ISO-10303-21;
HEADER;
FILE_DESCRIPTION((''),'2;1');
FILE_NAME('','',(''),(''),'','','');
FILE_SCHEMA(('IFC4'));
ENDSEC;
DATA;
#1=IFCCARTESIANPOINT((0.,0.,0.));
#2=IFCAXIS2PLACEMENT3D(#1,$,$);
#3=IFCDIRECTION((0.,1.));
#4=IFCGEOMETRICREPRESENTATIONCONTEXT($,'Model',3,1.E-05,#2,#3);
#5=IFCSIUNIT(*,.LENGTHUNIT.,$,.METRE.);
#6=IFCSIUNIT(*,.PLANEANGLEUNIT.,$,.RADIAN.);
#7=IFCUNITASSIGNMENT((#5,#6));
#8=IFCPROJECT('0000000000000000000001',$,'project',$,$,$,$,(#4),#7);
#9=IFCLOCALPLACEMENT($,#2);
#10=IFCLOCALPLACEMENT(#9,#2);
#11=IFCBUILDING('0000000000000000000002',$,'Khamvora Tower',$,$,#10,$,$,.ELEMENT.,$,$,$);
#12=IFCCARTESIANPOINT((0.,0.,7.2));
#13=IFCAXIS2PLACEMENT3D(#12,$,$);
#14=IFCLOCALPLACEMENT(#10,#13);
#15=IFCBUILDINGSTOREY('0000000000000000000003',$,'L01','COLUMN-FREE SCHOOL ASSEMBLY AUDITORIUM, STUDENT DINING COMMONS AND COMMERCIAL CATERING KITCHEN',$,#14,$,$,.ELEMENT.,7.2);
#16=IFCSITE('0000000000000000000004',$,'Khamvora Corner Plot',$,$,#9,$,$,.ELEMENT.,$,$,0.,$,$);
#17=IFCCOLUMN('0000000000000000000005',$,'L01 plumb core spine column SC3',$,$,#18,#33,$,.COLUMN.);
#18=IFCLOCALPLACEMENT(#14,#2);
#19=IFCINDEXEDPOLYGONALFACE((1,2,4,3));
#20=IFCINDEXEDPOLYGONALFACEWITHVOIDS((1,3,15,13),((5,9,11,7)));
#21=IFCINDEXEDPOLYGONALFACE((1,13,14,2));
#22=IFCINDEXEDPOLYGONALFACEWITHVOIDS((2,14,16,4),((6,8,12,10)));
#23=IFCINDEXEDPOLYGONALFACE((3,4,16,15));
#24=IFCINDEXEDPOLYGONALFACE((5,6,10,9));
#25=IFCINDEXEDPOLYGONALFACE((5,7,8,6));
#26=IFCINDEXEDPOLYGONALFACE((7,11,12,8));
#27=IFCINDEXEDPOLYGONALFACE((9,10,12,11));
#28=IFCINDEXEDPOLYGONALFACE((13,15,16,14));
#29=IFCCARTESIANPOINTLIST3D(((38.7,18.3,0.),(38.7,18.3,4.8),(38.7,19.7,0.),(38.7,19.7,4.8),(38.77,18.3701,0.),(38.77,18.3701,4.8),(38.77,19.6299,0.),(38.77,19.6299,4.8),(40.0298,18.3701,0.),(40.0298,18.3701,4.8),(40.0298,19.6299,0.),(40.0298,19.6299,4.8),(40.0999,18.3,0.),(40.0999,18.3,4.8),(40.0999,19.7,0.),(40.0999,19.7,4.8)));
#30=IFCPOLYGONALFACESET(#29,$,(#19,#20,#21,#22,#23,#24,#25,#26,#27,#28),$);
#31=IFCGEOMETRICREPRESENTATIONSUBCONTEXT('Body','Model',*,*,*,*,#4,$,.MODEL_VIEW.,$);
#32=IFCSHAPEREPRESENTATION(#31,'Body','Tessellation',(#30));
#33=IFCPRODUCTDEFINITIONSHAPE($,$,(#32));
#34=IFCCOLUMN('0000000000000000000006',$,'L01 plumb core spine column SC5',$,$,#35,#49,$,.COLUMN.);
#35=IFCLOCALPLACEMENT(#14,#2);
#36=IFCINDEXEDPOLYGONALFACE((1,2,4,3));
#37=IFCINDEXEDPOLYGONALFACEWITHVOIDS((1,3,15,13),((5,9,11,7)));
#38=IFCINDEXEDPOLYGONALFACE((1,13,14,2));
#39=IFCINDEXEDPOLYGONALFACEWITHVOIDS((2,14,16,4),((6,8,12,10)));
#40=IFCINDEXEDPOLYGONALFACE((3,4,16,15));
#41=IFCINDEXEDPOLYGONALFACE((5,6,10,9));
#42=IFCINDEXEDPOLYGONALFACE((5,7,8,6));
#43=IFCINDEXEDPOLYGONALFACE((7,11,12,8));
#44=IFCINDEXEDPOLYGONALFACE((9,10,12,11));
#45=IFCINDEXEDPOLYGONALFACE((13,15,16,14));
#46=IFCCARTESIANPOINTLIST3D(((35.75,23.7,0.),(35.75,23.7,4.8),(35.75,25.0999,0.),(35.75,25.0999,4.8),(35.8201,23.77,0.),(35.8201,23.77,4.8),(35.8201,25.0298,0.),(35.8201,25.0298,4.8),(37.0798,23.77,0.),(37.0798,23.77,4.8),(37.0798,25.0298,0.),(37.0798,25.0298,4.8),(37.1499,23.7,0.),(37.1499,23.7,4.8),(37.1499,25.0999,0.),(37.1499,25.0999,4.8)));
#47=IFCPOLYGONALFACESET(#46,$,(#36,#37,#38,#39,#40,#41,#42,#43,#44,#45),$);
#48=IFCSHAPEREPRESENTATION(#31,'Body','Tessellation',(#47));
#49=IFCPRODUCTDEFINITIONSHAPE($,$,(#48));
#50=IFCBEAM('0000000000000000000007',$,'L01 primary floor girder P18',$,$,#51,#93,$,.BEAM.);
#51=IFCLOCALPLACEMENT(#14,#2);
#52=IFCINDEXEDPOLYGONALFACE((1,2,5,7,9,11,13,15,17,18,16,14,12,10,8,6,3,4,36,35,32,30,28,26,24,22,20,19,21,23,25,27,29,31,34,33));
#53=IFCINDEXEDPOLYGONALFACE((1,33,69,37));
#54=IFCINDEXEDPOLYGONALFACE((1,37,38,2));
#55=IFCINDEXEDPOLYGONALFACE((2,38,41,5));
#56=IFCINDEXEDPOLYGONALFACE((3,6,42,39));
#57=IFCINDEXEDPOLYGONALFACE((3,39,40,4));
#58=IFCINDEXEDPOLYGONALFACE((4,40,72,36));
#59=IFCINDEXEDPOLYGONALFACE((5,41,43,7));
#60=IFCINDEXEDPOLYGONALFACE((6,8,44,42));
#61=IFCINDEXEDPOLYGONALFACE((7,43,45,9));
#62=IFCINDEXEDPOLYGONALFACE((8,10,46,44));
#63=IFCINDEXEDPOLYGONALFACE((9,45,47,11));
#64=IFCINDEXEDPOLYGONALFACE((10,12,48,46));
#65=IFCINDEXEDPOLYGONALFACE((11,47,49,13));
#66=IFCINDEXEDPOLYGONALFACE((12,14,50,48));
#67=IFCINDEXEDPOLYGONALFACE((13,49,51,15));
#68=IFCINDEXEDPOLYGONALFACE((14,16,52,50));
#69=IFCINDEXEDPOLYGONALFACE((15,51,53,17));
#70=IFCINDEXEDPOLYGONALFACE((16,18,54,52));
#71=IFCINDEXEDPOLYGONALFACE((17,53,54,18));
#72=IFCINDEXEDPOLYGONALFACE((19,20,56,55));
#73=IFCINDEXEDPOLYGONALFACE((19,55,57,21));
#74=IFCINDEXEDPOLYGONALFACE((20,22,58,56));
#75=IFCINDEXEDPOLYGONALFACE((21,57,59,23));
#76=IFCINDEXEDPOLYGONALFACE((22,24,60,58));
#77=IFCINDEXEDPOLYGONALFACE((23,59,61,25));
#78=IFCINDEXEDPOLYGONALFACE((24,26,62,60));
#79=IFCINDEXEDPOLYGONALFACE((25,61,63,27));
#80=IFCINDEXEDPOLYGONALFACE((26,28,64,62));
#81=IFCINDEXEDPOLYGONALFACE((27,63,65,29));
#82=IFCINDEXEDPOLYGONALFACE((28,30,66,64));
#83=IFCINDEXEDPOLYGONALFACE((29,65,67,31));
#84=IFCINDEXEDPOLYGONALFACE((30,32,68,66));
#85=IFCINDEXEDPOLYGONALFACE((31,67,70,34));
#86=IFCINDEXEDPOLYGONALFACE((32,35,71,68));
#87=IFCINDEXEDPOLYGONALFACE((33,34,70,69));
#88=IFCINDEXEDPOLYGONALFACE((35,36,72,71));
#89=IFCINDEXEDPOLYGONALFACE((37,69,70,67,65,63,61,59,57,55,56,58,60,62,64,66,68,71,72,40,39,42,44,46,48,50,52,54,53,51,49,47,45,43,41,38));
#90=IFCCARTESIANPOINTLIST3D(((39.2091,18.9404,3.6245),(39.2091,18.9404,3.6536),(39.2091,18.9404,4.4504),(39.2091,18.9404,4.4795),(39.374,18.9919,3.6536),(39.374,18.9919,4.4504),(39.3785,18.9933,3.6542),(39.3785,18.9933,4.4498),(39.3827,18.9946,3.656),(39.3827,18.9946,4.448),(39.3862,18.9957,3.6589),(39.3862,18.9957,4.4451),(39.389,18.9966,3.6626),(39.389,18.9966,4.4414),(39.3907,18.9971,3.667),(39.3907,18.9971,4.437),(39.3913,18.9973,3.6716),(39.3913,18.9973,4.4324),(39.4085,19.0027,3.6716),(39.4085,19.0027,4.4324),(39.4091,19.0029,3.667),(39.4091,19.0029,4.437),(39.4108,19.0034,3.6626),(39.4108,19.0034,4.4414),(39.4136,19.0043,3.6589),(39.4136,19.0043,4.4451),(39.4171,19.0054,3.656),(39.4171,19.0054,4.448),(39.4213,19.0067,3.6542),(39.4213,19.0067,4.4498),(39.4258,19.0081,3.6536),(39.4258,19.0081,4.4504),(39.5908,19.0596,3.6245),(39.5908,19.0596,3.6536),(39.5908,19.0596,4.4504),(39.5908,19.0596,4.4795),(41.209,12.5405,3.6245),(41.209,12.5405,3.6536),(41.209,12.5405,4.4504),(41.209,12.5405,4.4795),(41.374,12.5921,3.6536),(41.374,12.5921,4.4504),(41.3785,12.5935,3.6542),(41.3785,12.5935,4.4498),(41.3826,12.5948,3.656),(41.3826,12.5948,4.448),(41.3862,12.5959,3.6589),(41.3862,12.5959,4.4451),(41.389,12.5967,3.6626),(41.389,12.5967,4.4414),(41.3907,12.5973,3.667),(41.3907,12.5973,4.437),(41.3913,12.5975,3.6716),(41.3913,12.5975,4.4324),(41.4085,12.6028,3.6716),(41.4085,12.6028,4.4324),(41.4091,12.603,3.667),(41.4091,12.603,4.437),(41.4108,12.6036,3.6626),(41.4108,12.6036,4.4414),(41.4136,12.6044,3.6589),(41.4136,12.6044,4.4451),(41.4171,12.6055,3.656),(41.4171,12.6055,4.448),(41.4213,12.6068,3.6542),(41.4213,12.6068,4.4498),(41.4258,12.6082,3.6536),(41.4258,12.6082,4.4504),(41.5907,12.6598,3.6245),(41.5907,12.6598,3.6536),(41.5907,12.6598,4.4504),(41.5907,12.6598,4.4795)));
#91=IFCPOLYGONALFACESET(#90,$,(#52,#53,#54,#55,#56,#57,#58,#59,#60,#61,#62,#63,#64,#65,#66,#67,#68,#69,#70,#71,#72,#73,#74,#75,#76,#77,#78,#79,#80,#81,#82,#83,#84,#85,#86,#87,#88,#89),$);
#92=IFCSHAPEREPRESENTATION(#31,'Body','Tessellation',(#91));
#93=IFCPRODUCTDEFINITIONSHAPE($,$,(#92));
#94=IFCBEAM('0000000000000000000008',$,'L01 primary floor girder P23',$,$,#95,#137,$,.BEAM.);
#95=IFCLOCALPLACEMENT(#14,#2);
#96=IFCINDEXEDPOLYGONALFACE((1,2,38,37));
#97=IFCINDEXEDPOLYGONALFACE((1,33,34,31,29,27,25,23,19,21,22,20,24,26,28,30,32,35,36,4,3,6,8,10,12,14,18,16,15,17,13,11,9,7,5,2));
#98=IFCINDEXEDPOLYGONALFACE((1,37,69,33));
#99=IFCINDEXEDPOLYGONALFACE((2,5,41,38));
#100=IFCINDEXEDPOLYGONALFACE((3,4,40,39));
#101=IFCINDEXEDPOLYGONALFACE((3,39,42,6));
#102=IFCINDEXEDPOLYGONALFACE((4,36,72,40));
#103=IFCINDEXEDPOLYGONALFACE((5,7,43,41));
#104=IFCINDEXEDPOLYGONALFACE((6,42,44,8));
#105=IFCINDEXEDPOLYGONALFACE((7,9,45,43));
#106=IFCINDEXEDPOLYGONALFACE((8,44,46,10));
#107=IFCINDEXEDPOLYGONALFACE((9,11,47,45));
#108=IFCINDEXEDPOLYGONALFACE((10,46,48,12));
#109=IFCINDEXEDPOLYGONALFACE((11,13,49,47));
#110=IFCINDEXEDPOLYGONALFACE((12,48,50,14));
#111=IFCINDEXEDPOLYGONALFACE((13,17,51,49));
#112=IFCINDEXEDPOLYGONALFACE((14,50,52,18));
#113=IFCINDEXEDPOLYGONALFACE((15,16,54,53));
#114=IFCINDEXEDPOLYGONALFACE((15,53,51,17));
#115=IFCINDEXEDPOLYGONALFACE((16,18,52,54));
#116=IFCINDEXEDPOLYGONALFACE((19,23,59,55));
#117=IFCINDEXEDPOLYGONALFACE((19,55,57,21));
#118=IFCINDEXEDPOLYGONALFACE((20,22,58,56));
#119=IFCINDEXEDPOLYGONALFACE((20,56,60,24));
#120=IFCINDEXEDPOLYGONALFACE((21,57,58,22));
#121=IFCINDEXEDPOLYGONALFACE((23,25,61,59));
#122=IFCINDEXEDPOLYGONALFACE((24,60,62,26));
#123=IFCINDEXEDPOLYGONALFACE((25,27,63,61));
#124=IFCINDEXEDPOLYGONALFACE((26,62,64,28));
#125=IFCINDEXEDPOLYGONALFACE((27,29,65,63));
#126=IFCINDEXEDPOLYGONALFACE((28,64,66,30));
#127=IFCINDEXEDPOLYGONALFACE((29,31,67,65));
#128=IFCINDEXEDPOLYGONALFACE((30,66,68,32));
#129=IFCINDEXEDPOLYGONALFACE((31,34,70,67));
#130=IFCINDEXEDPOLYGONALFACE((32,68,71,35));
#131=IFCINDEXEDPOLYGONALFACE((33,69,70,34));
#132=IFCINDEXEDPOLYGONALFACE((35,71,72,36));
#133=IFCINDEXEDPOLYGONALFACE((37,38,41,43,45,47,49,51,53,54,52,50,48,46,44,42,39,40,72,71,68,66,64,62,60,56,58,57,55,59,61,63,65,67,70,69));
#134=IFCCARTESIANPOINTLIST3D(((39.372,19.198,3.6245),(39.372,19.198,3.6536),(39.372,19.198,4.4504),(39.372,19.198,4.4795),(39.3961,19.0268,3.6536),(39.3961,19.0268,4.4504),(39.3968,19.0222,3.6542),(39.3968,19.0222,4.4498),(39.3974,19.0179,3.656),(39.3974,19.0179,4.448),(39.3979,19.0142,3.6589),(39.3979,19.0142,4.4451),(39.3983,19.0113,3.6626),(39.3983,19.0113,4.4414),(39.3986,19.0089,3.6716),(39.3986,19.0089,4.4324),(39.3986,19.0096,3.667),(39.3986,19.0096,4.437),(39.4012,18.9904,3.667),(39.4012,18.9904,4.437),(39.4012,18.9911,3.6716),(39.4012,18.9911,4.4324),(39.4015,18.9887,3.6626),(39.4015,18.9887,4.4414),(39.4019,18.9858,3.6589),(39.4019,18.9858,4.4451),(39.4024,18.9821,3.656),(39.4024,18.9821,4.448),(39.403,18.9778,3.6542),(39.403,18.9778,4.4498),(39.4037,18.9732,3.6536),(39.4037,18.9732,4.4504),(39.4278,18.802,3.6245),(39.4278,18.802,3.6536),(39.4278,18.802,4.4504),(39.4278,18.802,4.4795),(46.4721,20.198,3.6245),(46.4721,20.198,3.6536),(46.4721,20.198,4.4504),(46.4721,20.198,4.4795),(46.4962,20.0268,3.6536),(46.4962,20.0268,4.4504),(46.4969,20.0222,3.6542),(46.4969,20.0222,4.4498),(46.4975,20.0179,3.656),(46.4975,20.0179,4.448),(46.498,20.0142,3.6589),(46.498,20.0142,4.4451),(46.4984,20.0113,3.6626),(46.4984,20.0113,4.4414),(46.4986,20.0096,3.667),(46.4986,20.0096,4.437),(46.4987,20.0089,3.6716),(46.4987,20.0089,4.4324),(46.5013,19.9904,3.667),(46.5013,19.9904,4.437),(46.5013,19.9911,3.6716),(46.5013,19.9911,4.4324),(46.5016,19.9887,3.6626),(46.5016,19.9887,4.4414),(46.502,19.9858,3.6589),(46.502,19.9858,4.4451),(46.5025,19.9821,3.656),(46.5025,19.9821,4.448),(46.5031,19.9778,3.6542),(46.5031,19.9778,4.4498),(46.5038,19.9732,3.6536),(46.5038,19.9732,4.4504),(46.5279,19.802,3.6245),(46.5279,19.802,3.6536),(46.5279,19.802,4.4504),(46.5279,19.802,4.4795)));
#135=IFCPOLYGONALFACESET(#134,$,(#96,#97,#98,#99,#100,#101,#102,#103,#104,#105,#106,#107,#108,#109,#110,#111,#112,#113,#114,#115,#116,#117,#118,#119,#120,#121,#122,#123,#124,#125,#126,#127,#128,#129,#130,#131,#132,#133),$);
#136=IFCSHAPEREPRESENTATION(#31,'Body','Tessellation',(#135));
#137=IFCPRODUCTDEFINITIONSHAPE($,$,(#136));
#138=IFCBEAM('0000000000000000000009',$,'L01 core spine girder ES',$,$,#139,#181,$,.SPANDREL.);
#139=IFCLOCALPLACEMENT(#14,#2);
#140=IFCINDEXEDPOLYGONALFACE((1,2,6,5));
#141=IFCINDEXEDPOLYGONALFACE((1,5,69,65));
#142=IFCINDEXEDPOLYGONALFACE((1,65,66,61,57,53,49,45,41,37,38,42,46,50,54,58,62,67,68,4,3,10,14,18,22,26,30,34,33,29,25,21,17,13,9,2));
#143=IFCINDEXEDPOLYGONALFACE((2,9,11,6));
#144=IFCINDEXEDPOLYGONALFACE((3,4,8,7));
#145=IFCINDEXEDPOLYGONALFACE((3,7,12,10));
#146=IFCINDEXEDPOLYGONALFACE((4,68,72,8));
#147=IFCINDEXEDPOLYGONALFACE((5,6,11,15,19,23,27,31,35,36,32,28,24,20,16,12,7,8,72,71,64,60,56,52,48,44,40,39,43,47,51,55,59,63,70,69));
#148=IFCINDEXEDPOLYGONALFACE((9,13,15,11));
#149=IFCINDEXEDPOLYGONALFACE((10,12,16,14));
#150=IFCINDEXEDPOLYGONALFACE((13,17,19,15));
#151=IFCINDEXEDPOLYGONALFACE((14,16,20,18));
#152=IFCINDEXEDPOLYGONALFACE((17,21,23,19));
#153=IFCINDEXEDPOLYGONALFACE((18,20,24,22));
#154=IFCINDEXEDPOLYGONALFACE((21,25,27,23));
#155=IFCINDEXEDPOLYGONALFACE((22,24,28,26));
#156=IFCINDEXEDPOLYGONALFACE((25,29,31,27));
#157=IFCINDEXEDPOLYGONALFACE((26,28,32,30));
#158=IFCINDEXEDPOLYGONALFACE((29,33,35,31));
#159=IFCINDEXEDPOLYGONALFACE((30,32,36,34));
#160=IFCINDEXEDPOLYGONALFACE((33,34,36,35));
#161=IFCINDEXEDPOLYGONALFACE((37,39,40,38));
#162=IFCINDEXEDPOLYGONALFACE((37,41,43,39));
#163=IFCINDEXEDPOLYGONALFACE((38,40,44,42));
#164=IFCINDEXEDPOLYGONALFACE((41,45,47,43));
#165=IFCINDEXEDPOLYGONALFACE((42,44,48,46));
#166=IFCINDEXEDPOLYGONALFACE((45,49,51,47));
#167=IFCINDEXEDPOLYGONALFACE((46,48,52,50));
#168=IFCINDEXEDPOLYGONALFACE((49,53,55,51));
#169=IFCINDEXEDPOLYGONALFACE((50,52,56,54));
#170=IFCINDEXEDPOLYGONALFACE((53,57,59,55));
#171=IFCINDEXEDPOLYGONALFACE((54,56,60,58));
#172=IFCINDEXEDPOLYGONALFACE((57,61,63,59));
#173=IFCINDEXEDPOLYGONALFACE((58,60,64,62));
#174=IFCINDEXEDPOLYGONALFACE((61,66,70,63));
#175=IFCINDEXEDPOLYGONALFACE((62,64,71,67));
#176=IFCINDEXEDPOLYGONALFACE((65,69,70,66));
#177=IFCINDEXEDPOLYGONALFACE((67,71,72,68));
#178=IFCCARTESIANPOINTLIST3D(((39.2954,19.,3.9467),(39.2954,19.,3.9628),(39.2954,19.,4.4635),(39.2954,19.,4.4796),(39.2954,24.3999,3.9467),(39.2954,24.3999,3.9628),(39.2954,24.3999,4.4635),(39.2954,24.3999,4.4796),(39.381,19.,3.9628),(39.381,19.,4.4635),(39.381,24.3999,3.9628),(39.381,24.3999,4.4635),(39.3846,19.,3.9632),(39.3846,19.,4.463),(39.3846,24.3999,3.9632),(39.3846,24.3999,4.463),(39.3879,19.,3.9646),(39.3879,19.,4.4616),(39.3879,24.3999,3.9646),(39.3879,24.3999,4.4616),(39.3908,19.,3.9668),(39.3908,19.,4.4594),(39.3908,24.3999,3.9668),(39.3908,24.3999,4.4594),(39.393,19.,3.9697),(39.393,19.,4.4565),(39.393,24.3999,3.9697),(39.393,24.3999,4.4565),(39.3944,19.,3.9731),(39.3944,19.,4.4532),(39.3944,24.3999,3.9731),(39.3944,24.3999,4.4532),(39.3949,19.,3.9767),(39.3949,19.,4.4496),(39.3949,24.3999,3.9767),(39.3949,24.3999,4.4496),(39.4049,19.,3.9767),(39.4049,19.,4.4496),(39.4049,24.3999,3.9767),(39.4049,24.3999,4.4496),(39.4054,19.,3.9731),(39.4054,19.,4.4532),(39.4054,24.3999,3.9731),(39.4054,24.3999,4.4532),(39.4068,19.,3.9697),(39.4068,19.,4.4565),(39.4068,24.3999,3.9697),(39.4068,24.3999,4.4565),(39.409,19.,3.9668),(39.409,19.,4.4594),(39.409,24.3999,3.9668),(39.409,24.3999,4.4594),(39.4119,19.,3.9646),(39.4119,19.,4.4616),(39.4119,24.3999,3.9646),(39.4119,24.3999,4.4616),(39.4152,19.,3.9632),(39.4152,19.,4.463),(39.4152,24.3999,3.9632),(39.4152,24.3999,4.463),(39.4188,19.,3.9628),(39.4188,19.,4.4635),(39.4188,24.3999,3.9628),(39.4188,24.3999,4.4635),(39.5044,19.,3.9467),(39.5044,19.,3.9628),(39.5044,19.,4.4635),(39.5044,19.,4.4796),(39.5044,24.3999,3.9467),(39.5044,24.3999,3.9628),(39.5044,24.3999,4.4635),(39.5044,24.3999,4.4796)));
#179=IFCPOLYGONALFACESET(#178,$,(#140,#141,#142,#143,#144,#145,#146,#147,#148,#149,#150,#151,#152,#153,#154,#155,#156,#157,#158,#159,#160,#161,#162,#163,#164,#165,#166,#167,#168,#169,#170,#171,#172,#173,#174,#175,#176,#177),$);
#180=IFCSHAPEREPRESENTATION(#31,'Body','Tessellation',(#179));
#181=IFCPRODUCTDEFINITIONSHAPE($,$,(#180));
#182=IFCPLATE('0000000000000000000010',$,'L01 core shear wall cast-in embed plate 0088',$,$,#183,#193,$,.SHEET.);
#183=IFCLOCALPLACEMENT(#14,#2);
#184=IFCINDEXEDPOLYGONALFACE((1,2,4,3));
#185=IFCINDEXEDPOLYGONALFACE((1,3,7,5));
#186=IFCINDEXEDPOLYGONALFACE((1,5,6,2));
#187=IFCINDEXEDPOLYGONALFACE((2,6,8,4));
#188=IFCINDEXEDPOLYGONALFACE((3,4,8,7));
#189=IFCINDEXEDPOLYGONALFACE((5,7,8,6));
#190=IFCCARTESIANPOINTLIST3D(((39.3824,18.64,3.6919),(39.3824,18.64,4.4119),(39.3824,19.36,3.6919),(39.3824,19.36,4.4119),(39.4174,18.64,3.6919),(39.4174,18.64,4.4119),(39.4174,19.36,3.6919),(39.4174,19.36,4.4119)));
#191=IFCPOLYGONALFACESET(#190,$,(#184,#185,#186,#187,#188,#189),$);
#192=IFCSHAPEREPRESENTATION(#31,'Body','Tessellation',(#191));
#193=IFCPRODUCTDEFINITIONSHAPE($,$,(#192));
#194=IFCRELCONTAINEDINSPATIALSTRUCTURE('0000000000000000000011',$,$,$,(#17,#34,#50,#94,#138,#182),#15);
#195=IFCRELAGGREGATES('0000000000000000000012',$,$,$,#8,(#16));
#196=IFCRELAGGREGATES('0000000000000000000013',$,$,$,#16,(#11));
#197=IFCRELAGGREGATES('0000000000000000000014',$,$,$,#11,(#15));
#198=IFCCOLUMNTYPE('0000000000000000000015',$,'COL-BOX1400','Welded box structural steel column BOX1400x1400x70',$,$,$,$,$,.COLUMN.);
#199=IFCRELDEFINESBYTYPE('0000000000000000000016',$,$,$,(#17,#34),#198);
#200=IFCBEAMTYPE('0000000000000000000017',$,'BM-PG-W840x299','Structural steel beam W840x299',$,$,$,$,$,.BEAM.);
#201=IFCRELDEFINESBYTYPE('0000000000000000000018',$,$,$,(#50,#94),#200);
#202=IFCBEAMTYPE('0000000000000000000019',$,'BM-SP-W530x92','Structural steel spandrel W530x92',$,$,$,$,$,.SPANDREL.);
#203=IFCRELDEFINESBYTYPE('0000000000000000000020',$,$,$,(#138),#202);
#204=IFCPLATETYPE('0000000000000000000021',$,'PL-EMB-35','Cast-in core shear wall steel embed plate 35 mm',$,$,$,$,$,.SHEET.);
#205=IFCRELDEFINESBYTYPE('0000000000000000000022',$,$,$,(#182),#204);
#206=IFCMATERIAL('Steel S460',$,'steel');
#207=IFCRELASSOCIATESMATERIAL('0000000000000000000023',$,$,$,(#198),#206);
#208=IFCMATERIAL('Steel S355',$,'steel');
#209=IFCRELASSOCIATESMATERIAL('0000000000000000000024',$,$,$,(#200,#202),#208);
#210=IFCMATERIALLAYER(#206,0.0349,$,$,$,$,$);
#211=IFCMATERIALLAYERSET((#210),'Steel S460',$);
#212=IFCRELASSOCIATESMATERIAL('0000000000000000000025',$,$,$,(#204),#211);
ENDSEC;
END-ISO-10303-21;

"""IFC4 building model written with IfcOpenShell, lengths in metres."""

from ifc_helpers import new_model, si_unit, direction, frame, origin, origin_2d, place, context, subcontext, project, spatial, rectangle, hollow_rectangle, i_section, extrude, material, layer, layer_set, material_profile, profile_set, type_object, element, save


model = new_model("IFC4")

# Units and contexts
model_context = context("Model", 3, precision=1e-05, world=origin(), true_north=direction((0.0, 1.0)))
body_context = subcontext(model_context, "Body", "Model", "MODEL_VIEW")
ifc_project = project(units=[si_unit("LENGTHUNIT", "METRE"), si_unit("PLANEANGLEUNIT", "RADIAN")], contexts=[model_context])

# Site, building, storey
site_placement = place(None, origin())
site = spatial("IfcSite", under=ifc_project, at=site_placement, Name="Khamvora Corner Plot", CompositionType="ELEMENT", RefElevation=0.0)
building_placement = place(site_placement, origin())
building = spatial("IfcBuilding", under=site, at=building_placement, Name="Khamvora Tower", CompositionType="ELEMENT")
storey_placement = place(building_placement, frame((0.0, 0.0, 7.2)))
storey = spatial("IfcBuildingStorey", under=building, at=storey_placement, Name="L01", Description="COLUMN-FREE SCHOOL ASSEMBLY AUDITORIUM, STUDENT DINING COMMONS AND COMMERCIAL CATERING KITCHEN", CompositionType="ELEMENT", Elevation=7.2)

# Columns
ifc_material_1 = material(Name="Steel S460", Category="steel")
ifc_material_profile_1 = material_profile(ifc_material_1, hollow_rectangle(XDim=1.3999, YDim=1.3999, WallThickness=0.0701, at=origin_2d()), Name="BOX1400x1400x70")
ifc_profile_set_1 = profile_set([ifc_material_profile_1], Name="Steel S460")
column_type = type_object("IfcColumnType", Name="COL-BOX1400", Description="Welded box structural steel column BOX1400x1400x70", PredefinedType="COLUMN", material=ifc_profile_set_1)
for number, where, z_axis, x_axis, name in (
    (1, (39.3999, 19.0, 0.0), (0.0, 0.0, 1.0), (1.0, 0.0, 0.0), "L01 plumb core spine column SC3"),
    (2, (36.45, 24.3999, 0.0), (0.0, 0.0, 1.0), (1.0, 0.0, 0.0), "L01 plumb core spine column SC5"),
):
    element("IfcColumn", number, at=place(storey_placement, frame(where, z_axis=z_axis, x_axis=x_axis)), inside=storey, type_object=column_type, Name=name, PredefinedType="COLUMN", context=body_context, shape_type="SweptSolid", body=[
        extrude(hollow_rectangle(XDim=1.3999, YDim=1.3999, WallThickness=0.0701, at=origin_2d()), origin(), (0.0, 0.0, 1.0), 4.8),
    ])

# Beams
ifc_material_2 = material(Name="Steel S355", Category="steel")
ifc_material_profile_2 = material_profile(ifc_material_2, i_section(OverallWidth=0.3999, OverallDepth=0.855, WebThickness=0.0181, FlangeThickness=0.0291, FilletRadius=0.0181, at=origin_2d()), Name="W840x299")
ifc_profile_set_2 = profile_set([ifc_material_profile_2], Name="Steel S355")
beam_type_1 = type_object("IfcBeamType", Name="BM-PG-W840x299", Description="Structural steel beam W840x299", PredefinedType="BEAM", material=ifc_profile_set_2)
beam_1_placement = place(storey_placement, frame((39.3999, 19.0, 4.052), z_axis=(0.298279, -0.954479, 0.0), x_axis=(0.954479, 0.298279, 0.0)))
element("IfcBeam", 3, at=beam_1_placement, inside=storey, type_object=beam_type_1, Name="L01 primary floor girder P18", PredefinedType="BEAM", context=body_context, shape_type="SweptSolid", body=[
    extrude(i_section(OverallWidth=0.3999, OverallDepth=0.855, WebThickness=0.0181, FlangeThickness=0.0291, FilletRadius=0.0181, at=origin_2d()), origin(), (0.0, 0.0, 1.0), 6.7051),
])
beam_2_placement = place(storey_placement, frame((39.3999, 19.0, 4.052), z_axis=(0.990227, 0.139467, 0.0), x_axis=(-0.139467, 0.990227, 0.0)))
element("IfcBeam", 4, at=beam_2_placement, inside=storey, type_object=beam_type_1, Name="L01 primary floor girder P23", PredefinedType="BEAM", context=body_context, shape_type="SweptSolid", body=[
    extrude(i_section(OverallWidth=0.3999, OverallDepth=0.855, WebThickness=0.0181, FlangeThickness=0.0291, FilletRadius=0.0181, at=origin_2d()), origin(), (0.0, 0.0, 1.0), 7.1702),
])
ifc_material_profile_3 = material_profile(ifc_material_2, i_section(OverallWidth=0.209, OverallDepth=0.533, WebThickness=0.01, FlangeThickness=0.0161, FilletRadius=0.0139, at=origin_2d()), Name="W530x92")
ifc_profile_set_3 = profile_set([ifc_material_profile_3], Name="Steel S355")
beam_type_2 = type_object("IfcBeamType", Name="BM-SP-W530x92", Description="Structural steel spandrel W530x92", PredefinedType="SPANDREL", material=ifc_profile_set_3)
beam_3_placement = place(storey_placement, frame((39.3999, 19.0, 4.2131), z_axis=(0.0, 1.0, 0.0), x_axis=(-1.0, 0.0, 0.0)))
element("IfcBeam", 5, at=beam_3_placement, inside=storey, type_object=beam_type_2, Name="L01 core spine girder ES", PredefinedType="SPANDREL", context=body_context, shape_type="SweptSolid", body=[
    extrude(i_section(OverallWidth=0.209, OverallDepth=0.533, WebThickness=0.01, FlangeThickness=0.0161, FilletRadius=0.0139, at=origin_2d()), origin(), (0.0, 0.0, 1.0), 5.3999),
])

# Plate
ifc_layer_1 = layer(ifc_material_1, 0.0349)
ifc_layer_set_1 = layer_set([ifc_layer_1], Name="Steel S460")
plate_type = type_object("IfcPlateType", Name="PL-EMB-35", Description="Cast-in core shear wall steel embed plate 35 mm", PredefinedType="SHEET", material=ifc_layer_set_1)
plate_1_placement = place(storey_placement, frame((39.3999, 19.0, 3.6919), z_axis=(0.0, 0.0, 1.0), x_axis=(1.0, 0.0, 0.0)))
element("IfcPlate", 6, at=plate_1_placement, inside=storey, type_object=plate_type, Name="L01 core shear wall cast-in embed plate 0088", PredefinedType="SHEET", context=body_context, shape_type="SweptSolid", body=[
    extrude(rectangle(XDim=0.0349, YDim=0.72, at=origin_2d()), origin(), (0.0, 0.0, 1.0), 0.72),
])

save(model, "model.ifc")
